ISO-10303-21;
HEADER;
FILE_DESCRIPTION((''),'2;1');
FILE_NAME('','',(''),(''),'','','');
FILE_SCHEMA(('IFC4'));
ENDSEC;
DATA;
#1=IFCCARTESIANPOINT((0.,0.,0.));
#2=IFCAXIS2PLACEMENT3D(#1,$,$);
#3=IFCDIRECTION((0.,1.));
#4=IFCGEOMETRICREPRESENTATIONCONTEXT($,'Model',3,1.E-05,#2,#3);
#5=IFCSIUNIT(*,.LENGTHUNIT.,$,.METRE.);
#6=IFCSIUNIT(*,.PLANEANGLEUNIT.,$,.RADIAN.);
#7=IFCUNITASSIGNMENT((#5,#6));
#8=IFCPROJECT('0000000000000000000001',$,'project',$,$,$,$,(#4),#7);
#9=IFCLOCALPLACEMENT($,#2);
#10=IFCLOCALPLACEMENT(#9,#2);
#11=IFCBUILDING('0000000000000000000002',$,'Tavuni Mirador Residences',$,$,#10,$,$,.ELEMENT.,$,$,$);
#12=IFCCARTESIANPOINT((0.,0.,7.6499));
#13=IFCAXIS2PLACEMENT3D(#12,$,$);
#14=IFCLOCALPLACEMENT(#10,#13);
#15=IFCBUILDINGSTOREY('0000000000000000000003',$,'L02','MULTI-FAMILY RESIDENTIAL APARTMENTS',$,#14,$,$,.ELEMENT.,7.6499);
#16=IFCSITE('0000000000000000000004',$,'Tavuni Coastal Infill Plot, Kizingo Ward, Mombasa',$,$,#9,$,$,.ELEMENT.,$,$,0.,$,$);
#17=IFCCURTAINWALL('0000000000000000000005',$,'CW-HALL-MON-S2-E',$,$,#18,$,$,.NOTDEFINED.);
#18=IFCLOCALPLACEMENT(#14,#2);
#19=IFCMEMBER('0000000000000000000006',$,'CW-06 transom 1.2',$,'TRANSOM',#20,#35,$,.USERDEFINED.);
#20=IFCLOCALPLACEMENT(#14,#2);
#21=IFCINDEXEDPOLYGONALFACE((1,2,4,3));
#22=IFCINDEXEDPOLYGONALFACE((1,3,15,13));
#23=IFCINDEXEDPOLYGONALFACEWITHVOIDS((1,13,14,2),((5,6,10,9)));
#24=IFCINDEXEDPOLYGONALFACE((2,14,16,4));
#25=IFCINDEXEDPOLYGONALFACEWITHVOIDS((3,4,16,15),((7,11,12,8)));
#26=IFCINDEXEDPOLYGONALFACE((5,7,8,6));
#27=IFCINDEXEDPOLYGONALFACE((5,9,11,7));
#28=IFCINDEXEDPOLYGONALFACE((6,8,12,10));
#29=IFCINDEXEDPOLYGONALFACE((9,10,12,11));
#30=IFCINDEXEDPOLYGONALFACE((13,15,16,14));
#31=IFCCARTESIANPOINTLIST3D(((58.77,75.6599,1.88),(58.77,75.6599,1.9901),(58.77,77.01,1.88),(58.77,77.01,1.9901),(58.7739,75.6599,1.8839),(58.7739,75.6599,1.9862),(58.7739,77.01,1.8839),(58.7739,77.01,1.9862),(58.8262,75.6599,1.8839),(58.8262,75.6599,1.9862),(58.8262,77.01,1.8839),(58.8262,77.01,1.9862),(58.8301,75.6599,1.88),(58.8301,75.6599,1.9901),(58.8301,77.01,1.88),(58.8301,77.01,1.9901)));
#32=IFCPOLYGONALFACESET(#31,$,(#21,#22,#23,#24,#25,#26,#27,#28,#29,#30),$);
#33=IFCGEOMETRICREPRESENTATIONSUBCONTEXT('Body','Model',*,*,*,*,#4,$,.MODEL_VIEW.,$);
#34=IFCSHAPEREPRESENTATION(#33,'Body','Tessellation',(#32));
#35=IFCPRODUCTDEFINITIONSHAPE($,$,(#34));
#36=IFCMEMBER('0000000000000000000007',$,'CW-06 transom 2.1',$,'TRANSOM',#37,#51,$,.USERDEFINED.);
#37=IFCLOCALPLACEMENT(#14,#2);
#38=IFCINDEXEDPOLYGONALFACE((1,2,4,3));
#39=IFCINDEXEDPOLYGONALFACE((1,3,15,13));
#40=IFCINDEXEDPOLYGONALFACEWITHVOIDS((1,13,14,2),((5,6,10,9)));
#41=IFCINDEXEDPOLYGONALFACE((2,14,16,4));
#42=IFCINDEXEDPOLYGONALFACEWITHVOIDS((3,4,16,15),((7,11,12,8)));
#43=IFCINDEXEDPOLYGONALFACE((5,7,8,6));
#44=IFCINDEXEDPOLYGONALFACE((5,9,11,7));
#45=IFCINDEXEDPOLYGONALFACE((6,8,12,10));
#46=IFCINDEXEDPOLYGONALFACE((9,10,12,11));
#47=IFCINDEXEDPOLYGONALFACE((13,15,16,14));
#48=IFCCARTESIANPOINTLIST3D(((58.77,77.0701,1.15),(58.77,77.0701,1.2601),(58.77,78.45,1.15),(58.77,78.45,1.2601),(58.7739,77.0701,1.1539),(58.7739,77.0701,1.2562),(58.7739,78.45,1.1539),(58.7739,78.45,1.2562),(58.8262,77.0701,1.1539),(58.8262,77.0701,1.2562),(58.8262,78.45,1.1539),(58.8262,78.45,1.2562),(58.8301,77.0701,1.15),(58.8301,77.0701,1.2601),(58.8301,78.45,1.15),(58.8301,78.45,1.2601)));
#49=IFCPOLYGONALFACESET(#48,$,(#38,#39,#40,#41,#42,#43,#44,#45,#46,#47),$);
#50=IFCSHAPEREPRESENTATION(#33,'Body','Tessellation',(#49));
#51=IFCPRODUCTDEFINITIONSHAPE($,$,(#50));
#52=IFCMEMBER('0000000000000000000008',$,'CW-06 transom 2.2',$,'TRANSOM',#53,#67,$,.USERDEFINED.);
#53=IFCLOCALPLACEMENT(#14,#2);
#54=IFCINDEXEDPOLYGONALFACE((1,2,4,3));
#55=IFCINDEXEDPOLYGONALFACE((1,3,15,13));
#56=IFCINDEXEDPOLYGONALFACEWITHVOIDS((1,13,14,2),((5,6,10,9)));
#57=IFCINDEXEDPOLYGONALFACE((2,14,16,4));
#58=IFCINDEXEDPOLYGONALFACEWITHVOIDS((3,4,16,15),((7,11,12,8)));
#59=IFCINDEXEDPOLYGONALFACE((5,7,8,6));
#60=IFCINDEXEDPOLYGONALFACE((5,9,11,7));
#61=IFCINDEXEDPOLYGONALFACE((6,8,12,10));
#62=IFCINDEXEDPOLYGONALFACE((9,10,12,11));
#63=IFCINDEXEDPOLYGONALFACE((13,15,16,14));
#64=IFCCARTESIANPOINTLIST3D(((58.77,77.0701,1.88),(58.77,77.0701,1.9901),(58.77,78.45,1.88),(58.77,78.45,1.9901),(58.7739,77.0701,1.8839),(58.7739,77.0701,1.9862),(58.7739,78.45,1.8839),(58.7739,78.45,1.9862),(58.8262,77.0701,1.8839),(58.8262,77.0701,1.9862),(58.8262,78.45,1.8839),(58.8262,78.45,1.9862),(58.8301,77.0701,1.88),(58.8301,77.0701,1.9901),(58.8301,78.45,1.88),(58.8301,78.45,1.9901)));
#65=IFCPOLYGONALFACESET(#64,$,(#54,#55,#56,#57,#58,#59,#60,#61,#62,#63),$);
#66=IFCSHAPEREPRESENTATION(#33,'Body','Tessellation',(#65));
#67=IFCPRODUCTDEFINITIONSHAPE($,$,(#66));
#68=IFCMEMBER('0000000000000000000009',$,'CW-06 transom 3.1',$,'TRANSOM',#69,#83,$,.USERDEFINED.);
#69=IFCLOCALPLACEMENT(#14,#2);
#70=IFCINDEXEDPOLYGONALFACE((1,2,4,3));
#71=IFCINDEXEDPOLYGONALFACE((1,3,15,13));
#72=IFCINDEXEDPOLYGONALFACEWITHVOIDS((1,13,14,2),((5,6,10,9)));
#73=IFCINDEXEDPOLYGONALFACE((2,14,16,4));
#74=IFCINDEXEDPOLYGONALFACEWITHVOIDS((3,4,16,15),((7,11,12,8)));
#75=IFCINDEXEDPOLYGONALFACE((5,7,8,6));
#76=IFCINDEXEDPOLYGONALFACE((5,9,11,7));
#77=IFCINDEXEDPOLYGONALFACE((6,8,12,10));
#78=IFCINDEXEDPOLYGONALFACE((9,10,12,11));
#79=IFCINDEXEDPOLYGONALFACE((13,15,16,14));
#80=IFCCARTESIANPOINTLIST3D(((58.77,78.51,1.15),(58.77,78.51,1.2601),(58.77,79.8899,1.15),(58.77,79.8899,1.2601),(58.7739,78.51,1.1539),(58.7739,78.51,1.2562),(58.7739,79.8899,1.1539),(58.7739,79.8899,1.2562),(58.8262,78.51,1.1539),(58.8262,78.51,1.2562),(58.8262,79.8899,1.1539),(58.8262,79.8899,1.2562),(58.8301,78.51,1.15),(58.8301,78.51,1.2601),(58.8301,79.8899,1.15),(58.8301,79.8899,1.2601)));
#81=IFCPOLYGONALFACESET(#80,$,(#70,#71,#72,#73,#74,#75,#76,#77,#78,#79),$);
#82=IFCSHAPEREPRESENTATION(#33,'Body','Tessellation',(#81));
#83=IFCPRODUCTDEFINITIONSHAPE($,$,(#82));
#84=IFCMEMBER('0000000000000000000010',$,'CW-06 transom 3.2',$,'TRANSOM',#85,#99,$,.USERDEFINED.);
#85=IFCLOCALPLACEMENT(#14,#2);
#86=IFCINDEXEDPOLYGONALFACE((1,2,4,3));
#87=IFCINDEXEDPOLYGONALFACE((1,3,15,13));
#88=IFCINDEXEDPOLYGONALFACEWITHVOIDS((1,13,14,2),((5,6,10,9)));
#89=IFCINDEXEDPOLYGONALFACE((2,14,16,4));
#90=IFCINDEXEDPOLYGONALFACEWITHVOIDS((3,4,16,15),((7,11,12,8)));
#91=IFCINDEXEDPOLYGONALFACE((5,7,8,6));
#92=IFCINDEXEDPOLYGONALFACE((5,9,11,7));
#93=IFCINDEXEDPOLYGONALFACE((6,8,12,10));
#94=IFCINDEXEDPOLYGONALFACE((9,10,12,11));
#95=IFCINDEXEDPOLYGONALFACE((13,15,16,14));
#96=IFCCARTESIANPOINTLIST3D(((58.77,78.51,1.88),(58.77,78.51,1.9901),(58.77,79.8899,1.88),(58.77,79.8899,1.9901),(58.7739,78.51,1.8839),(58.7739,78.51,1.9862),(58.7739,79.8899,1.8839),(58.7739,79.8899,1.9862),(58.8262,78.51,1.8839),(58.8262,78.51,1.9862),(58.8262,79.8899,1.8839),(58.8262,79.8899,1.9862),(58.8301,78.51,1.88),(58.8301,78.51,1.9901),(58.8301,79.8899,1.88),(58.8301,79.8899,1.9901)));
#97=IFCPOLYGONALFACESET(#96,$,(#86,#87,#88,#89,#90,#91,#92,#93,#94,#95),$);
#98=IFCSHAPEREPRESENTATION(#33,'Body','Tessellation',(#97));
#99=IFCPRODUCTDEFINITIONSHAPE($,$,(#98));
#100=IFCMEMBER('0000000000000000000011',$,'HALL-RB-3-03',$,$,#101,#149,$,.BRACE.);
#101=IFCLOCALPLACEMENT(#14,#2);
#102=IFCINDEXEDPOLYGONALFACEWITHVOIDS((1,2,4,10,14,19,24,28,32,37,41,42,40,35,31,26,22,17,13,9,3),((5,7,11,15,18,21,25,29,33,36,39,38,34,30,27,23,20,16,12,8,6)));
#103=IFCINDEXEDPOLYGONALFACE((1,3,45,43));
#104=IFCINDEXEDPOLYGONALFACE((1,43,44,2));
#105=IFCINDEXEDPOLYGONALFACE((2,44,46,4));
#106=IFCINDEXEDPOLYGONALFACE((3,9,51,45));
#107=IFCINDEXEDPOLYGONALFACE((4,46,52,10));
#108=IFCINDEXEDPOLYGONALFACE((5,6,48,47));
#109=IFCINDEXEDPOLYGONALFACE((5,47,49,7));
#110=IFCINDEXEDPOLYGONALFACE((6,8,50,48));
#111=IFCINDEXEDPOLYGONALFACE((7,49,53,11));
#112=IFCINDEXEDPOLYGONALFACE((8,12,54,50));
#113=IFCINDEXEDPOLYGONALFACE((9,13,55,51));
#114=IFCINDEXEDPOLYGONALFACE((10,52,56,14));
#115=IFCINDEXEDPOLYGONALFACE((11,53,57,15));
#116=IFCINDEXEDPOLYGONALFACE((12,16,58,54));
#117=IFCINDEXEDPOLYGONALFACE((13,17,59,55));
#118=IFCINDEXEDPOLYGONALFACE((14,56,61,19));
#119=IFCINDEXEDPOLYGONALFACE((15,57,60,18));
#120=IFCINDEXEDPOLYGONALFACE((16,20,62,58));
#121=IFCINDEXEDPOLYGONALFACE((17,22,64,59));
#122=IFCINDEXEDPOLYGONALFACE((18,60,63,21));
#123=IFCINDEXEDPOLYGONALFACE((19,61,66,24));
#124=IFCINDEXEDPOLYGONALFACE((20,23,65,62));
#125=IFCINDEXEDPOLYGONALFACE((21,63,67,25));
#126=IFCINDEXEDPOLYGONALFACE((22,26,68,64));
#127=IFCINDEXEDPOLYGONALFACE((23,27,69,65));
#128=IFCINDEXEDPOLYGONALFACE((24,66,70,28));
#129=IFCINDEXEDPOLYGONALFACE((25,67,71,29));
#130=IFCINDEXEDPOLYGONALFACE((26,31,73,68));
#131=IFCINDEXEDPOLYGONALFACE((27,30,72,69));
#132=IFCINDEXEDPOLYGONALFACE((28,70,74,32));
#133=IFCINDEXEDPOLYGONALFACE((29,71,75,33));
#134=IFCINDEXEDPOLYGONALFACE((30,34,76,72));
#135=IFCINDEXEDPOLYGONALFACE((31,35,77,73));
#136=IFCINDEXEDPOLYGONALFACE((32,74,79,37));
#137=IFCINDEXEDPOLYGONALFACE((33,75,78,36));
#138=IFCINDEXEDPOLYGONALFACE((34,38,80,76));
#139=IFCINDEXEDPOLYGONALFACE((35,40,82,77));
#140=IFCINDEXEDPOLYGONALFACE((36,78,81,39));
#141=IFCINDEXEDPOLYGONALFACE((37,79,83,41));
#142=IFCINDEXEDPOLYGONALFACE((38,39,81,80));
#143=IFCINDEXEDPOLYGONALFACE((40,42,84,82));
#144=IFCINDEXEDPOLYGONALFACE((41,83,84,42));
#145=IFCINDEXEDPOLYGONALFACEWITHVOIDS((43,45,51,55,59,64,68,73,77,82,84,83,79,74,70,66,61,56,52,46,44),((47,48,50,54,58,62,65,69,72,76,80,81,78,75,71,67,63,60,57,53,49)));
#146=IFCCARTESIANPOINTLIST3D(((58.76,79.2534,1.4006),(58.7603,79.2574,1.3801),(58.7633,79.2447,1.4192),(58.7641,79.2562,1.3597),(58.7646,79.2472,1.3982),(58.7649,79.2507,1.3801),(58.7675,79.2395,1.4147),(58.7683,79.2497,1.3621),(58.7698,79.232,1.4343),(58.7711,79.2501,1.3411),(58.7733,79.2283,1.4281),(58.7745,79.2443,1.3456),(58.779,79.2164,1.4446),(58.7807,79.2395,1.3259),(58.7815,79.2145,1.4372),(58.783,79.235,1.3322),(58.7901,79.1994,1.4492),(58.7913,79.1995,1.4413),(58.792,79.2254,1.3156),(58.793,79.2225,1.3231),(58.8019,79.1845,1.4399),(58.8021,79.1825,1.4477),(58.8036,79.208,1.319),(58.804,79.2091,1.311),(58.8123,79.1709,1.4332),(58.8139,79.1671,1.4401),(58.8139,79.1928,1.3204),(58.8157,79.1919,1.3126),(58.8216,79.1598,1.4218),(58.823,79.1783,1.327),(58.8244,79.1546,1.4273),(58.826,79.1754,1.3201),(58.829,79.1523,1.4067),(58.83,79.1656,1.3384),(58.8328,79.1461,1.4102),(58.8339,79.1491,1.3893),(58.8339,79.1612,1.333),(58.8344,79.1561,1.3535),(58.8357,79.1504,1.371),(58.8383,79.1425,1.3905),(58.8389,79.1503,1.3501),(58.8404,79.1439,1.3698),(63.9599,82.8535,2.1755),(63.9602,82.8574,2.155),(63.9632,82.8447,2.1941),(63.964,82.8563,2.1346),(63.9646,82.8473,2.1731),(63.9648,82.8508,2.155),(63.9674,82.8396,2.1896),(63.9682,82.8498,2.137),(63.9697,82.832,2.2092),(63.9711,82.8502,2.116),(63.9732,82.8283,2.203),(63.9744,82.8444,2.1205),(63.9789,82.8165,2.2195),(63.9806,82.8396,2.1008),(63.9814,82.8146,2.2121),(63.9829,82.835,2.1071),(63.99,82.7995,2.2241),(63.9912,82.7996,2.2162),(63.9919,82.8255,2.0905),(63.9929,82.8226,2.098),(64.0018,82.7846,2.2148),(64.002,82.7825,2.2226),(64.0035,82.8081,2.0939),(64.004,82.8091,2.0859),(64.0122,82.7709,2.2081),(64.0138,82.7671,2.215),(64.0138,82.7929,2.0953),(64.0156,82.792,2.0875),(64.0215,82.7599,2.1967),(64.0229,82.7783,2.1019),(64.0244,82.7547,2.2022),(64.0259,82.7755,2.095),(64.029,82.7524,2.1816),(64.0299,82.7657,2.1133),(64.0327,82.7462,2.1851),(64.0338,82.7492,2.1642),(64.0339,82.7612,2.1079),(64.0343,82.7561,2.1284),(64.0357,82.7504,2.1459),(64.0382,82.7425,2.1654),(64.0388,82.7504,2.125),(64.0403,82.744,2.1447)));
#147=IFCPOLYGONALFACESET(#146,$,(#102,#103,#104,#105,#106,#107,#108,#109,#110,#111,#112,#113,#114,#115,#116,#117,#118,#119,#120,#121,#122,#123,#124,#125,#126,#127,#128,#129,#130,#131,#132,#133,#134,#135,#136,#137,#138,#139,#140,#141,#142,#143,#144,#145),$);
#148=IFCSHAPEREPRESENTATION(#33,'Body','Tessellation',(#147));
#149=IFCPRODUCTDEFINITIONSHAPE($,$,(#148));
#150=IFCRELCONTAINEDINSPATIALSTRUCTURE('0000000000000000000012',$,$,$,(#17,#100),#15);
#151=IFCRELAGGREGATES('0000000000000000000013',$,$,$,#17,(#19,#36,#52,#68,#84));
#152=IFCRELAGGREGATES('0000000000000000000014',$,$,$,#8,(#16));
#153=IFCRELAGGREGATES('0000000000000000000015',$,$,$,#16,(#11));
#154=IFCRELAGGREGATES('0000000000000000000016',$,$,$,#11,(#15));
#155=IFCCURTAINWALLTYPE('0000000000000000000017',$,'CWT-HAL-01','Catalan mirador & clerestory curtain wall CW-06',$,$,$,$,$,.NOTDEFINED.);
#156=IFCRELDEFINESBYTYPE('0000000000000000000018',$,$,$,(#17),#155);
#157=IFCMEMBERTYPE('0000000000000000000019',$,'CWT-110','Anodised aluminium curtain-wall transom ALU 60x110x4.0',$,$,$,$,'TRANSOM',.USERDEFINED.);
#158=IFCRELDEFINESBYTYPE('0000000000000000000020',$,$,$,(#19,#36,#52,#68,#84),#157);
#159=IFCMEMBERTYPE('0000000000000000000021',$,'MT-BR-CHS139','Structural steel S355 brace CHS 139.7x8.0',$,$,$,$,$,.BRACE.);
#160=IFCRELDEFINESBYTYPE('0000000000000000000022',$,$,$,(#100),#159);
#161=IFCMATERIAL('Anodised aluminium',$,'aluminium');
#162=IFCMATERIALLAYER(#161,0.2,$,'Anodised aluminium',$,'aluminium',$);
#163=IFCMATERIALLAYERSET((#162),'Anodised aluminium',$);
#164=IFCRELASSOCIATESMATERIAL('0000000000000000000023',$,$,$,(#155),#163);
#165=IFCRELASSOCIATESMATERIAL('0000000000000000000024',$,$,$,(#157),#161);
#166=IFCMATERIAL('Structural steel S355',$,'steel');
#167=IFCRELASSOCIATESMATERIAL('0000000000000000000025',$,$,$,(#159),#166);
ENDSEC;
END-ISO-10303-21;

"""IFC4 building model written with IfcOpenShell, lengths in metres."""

from ifc_helpers import new_model, si_unit, direction, frame, origin, origin_2d, place, context, subcontext, project, spatial, hollow_rectangle, hollow_circle, extrude, material, layer, layer_set, material_profile, profile_set, type_object, element, aggregate, save


model = new_model("IFC4")

# Units and contexts
model_context = context("Model", 3, precision=1e-05, world=origin(), true_north=direction((0.0, 1.0)))
body_context = subcontext(model_context, "Body", "Model", "MODEL_VIEW")
ifc_project = project(units=[si_unit("LENGTHUNIT", "METRE"), si_unit("PLANEANGLEUNIT", "RADIAN")], contexts=[model_context])

# Site, building, storey
site_placement = place(None, origin())
site = spatial("IfcSite", under=ifc_project, at=site_placement, Name="Tavuni Coastal Infill Plot, Kizingo Ward, Mombasa", CompositionType="ELEMENT", RefElevation=0.0)
building_placement = place(site_placement, origin())
building = spatial("IfcBuilding", under=site, at=building_placement, Name="Tavuni Mirador Residences", CompositionType="ELEMENT")
storey_placement = place(building_placement, frame((0.0, 0.0, 7.6499)))
storey = spatial("IfcBuildingStorey", under=building, at=storey_placement, Name="L02", Description="MULTI-FAMILY RESIDENTIAL APARTMENTS", CompositionType="ELEMENT", Elevation=7.6499)

# Curtain wall
ifc_material_1 = material(Name="Anodised aluminium", Category="aluminium")
ifc_layer_1 = layer(ifc_material_1, 0.2, Name="Anodised aluminium", Category="aluminium")
ifc_layer_set_1 = layer_set([ifc_layer_1], Name="Anodised aluminium")
curtain_wall_type = type_object("IfcCurtainWallType", Name="CWT-HAL-01", Description="Catalan mirador & clerestory curtain wall CW-06", PredefinedType="NOTDEFINED", material=ifc_layer_set_1)
curtain_wall_1_placement = place(storey_placement, origin())
curtain_wall_1 = element("IfcCurtainWall", 1, at=curtain_wall_1_placement, inside=storey, type_object=curtain_wall_type, Name="CW-HALL-MON-S2-E", PredefinedType="NOTDEFINED")

# Members
ifc_material_profile_1 = material_profile(ifc_material_1, hollow_rectangle(XDim=0.0601, YDim=0.1101, WallThickness=0.0039, at=origin_2d()), Name="ALU 60x110x4.0", Category="aluminium")
ifc_profile_set_1 = profile_set([ifc_material_profile_1], Name="Anodised aluminium")
member_type_1 = type_object("IfcMemberType", Name="CWT-110", Description="Anodised aluminium curtain-wall transom ALU 60x110x4.0", ElementType="TRANSOM", PredefinedType="USERDEFINED", material=ifc_profile_set_1)
member_1_placement = place(storey_placement, frame((58.8, 75.6599, 1.9351), z_axis=(0.0, 1.0, 0.0), x_axis=(-1.0, 0.0, 0.0)))
member_1 = element("IfcMember", 2, at=member_1_placement, type_object=member_type_1, Name="CW-06 transom 1.2", ObjectType="TRANSOM", PredefinedType="USERDEFINED", context=body_context, shape_type="SweptSolid", body=[
    extrude(hollow_rectangle(XDim=0.0601, YDim=0.1101, WallThickness=0.0039, at=origin_2d()), origin(), (0.0, 0.0, 1.0), 1.3501),
])
member_2_placement = place(storey_placement, frame((58.8, 77.0701, 1.2051), z_axis=(0.0, 1.0, 0.0), x_axis=(-1.0, 0.0, 0.0)))
member_2 = element("IfcMember", 3, at=member_2_placement, type_object=member_type_1, Name="CW-06 transom 2.1", ObjectType="TRANSOM", PredefinedType="USERDEFINED", context=body_context, shape_type="SweptSolid", body=[
    extrude(hollow_rectangle(XDim=0.0601, YDim=0.1101, WallThickness=0.0039, at=origin_2d()), origin(), (0.0, 0.0, 1.0), 1.3799),
])
member_3_placement = place(storey_placement, frame((58.8, 77.0701, 1.9351), z_axis=(0.0, 1.0, 0.0), x_axis=(-1.0, 0.0, 0.0)))
member_3 = element("IfcMember", 4, at=member_3_placement, type_object=member_type_1, Name="CW-06 transom 2.2", ObjectType="TRANSOM", PredefinedType="USERDEFINED", context=body_context, shape_type="SweptSolid", body=[
    extrude(hollow_rectangle(XDim=0.0601, YDim=0.1101, WallThickness=0.0039, at=origin_2d()), origin(), (0.0, 0.0, 1.0), 1.3799),
])
member_4_placement = place(storey_placement, frame((58.8, 78.51, 1.2051), z_axis=(0.0, 1.0, 0.0), x_axis=(-1.0, 0.0, 0.0)))
member_4 = element("IfcMember", 5, at=member_4_placement, type_object=member_type_1, Name="CW-06 transom 3.1", ObjectType="TRANSOM", PredefinedType="USERDEFINED", context=body_context, shape_type="SweptSolid", body=[
    extrude(hollow_rectangle(XDim=0.0601, YDim=0.1101, WallThickness=0.0039, at=origin_2d()), origin(), (0.0, 0.0, 1.0), 1.3799),
])
member_5_placement = place(storey_placement, frame((58.8, 78.51, 1.9351), z_axis=(0.0, 1.0, 0.0), x_axis=(-1.0, 0.0, 0.0)))
member_5 = element("IfcMember", 6, at=member_5_placement, type_object=member_type_1, Name="CW-06 transom 3.2", ObjectType="TRANSOM", PredefinedType="USERDEFINED", context=body_context, shape_type="SweptSolid", body=[
    extrude(hollow_rectangle(XDim=0.0601, YDim=0.1101, WallThickness=0.0039, at=origin_2d()), origin(), (0.0, 0.0, 1.0), 1.3799),
])

# Member
ifc_material_2 = material(Name="Structural steel S355", Category="steel")
ifc_material_profile_2 = material_profile(ifc_material_2, hollow_circle(Radius=0.0698, WallThickness=0.0081, at=origin_2d()), Name="CHS 139.7x8.0", Category="steel")
ifc_profile_set_2 = profile_set([ifc_material_profile_2], Name="Structural steel S355")
member_type_2 = type_object("IfcMemberType", Name="MT-BR-CHS139", Description="Structural steel S355 brace CHS 139.7x8.0", PredefinedType="BRACE", material=ifc_profile_set_2)
member_6_placement = place(storey_placement, frame((58.8, 79.2, 1.3801), z_axis=(0.81608, 0.564999, 0.121613), x_axis=(-0.569224, 0.822182, 0.0)))
element("IfcMember", 7, at=member_6_placement, inside=storey, type_object=member_type_2, Name="HALL-RB-3-03", PredefinedType="BRACE", context=body_context, shape_type="SweptSolid", body=[
    extrude(hollow_circle(Radius=0.0698, WallThickness=0.0081, at=origin_2d()), origin(), (0.0, 0.0, 1.0), 6.3718),
])

aggregate(curtain_wall_1, [member_1, member_2, member_3, member_4, member_5])

save(model, "model.ifc")
